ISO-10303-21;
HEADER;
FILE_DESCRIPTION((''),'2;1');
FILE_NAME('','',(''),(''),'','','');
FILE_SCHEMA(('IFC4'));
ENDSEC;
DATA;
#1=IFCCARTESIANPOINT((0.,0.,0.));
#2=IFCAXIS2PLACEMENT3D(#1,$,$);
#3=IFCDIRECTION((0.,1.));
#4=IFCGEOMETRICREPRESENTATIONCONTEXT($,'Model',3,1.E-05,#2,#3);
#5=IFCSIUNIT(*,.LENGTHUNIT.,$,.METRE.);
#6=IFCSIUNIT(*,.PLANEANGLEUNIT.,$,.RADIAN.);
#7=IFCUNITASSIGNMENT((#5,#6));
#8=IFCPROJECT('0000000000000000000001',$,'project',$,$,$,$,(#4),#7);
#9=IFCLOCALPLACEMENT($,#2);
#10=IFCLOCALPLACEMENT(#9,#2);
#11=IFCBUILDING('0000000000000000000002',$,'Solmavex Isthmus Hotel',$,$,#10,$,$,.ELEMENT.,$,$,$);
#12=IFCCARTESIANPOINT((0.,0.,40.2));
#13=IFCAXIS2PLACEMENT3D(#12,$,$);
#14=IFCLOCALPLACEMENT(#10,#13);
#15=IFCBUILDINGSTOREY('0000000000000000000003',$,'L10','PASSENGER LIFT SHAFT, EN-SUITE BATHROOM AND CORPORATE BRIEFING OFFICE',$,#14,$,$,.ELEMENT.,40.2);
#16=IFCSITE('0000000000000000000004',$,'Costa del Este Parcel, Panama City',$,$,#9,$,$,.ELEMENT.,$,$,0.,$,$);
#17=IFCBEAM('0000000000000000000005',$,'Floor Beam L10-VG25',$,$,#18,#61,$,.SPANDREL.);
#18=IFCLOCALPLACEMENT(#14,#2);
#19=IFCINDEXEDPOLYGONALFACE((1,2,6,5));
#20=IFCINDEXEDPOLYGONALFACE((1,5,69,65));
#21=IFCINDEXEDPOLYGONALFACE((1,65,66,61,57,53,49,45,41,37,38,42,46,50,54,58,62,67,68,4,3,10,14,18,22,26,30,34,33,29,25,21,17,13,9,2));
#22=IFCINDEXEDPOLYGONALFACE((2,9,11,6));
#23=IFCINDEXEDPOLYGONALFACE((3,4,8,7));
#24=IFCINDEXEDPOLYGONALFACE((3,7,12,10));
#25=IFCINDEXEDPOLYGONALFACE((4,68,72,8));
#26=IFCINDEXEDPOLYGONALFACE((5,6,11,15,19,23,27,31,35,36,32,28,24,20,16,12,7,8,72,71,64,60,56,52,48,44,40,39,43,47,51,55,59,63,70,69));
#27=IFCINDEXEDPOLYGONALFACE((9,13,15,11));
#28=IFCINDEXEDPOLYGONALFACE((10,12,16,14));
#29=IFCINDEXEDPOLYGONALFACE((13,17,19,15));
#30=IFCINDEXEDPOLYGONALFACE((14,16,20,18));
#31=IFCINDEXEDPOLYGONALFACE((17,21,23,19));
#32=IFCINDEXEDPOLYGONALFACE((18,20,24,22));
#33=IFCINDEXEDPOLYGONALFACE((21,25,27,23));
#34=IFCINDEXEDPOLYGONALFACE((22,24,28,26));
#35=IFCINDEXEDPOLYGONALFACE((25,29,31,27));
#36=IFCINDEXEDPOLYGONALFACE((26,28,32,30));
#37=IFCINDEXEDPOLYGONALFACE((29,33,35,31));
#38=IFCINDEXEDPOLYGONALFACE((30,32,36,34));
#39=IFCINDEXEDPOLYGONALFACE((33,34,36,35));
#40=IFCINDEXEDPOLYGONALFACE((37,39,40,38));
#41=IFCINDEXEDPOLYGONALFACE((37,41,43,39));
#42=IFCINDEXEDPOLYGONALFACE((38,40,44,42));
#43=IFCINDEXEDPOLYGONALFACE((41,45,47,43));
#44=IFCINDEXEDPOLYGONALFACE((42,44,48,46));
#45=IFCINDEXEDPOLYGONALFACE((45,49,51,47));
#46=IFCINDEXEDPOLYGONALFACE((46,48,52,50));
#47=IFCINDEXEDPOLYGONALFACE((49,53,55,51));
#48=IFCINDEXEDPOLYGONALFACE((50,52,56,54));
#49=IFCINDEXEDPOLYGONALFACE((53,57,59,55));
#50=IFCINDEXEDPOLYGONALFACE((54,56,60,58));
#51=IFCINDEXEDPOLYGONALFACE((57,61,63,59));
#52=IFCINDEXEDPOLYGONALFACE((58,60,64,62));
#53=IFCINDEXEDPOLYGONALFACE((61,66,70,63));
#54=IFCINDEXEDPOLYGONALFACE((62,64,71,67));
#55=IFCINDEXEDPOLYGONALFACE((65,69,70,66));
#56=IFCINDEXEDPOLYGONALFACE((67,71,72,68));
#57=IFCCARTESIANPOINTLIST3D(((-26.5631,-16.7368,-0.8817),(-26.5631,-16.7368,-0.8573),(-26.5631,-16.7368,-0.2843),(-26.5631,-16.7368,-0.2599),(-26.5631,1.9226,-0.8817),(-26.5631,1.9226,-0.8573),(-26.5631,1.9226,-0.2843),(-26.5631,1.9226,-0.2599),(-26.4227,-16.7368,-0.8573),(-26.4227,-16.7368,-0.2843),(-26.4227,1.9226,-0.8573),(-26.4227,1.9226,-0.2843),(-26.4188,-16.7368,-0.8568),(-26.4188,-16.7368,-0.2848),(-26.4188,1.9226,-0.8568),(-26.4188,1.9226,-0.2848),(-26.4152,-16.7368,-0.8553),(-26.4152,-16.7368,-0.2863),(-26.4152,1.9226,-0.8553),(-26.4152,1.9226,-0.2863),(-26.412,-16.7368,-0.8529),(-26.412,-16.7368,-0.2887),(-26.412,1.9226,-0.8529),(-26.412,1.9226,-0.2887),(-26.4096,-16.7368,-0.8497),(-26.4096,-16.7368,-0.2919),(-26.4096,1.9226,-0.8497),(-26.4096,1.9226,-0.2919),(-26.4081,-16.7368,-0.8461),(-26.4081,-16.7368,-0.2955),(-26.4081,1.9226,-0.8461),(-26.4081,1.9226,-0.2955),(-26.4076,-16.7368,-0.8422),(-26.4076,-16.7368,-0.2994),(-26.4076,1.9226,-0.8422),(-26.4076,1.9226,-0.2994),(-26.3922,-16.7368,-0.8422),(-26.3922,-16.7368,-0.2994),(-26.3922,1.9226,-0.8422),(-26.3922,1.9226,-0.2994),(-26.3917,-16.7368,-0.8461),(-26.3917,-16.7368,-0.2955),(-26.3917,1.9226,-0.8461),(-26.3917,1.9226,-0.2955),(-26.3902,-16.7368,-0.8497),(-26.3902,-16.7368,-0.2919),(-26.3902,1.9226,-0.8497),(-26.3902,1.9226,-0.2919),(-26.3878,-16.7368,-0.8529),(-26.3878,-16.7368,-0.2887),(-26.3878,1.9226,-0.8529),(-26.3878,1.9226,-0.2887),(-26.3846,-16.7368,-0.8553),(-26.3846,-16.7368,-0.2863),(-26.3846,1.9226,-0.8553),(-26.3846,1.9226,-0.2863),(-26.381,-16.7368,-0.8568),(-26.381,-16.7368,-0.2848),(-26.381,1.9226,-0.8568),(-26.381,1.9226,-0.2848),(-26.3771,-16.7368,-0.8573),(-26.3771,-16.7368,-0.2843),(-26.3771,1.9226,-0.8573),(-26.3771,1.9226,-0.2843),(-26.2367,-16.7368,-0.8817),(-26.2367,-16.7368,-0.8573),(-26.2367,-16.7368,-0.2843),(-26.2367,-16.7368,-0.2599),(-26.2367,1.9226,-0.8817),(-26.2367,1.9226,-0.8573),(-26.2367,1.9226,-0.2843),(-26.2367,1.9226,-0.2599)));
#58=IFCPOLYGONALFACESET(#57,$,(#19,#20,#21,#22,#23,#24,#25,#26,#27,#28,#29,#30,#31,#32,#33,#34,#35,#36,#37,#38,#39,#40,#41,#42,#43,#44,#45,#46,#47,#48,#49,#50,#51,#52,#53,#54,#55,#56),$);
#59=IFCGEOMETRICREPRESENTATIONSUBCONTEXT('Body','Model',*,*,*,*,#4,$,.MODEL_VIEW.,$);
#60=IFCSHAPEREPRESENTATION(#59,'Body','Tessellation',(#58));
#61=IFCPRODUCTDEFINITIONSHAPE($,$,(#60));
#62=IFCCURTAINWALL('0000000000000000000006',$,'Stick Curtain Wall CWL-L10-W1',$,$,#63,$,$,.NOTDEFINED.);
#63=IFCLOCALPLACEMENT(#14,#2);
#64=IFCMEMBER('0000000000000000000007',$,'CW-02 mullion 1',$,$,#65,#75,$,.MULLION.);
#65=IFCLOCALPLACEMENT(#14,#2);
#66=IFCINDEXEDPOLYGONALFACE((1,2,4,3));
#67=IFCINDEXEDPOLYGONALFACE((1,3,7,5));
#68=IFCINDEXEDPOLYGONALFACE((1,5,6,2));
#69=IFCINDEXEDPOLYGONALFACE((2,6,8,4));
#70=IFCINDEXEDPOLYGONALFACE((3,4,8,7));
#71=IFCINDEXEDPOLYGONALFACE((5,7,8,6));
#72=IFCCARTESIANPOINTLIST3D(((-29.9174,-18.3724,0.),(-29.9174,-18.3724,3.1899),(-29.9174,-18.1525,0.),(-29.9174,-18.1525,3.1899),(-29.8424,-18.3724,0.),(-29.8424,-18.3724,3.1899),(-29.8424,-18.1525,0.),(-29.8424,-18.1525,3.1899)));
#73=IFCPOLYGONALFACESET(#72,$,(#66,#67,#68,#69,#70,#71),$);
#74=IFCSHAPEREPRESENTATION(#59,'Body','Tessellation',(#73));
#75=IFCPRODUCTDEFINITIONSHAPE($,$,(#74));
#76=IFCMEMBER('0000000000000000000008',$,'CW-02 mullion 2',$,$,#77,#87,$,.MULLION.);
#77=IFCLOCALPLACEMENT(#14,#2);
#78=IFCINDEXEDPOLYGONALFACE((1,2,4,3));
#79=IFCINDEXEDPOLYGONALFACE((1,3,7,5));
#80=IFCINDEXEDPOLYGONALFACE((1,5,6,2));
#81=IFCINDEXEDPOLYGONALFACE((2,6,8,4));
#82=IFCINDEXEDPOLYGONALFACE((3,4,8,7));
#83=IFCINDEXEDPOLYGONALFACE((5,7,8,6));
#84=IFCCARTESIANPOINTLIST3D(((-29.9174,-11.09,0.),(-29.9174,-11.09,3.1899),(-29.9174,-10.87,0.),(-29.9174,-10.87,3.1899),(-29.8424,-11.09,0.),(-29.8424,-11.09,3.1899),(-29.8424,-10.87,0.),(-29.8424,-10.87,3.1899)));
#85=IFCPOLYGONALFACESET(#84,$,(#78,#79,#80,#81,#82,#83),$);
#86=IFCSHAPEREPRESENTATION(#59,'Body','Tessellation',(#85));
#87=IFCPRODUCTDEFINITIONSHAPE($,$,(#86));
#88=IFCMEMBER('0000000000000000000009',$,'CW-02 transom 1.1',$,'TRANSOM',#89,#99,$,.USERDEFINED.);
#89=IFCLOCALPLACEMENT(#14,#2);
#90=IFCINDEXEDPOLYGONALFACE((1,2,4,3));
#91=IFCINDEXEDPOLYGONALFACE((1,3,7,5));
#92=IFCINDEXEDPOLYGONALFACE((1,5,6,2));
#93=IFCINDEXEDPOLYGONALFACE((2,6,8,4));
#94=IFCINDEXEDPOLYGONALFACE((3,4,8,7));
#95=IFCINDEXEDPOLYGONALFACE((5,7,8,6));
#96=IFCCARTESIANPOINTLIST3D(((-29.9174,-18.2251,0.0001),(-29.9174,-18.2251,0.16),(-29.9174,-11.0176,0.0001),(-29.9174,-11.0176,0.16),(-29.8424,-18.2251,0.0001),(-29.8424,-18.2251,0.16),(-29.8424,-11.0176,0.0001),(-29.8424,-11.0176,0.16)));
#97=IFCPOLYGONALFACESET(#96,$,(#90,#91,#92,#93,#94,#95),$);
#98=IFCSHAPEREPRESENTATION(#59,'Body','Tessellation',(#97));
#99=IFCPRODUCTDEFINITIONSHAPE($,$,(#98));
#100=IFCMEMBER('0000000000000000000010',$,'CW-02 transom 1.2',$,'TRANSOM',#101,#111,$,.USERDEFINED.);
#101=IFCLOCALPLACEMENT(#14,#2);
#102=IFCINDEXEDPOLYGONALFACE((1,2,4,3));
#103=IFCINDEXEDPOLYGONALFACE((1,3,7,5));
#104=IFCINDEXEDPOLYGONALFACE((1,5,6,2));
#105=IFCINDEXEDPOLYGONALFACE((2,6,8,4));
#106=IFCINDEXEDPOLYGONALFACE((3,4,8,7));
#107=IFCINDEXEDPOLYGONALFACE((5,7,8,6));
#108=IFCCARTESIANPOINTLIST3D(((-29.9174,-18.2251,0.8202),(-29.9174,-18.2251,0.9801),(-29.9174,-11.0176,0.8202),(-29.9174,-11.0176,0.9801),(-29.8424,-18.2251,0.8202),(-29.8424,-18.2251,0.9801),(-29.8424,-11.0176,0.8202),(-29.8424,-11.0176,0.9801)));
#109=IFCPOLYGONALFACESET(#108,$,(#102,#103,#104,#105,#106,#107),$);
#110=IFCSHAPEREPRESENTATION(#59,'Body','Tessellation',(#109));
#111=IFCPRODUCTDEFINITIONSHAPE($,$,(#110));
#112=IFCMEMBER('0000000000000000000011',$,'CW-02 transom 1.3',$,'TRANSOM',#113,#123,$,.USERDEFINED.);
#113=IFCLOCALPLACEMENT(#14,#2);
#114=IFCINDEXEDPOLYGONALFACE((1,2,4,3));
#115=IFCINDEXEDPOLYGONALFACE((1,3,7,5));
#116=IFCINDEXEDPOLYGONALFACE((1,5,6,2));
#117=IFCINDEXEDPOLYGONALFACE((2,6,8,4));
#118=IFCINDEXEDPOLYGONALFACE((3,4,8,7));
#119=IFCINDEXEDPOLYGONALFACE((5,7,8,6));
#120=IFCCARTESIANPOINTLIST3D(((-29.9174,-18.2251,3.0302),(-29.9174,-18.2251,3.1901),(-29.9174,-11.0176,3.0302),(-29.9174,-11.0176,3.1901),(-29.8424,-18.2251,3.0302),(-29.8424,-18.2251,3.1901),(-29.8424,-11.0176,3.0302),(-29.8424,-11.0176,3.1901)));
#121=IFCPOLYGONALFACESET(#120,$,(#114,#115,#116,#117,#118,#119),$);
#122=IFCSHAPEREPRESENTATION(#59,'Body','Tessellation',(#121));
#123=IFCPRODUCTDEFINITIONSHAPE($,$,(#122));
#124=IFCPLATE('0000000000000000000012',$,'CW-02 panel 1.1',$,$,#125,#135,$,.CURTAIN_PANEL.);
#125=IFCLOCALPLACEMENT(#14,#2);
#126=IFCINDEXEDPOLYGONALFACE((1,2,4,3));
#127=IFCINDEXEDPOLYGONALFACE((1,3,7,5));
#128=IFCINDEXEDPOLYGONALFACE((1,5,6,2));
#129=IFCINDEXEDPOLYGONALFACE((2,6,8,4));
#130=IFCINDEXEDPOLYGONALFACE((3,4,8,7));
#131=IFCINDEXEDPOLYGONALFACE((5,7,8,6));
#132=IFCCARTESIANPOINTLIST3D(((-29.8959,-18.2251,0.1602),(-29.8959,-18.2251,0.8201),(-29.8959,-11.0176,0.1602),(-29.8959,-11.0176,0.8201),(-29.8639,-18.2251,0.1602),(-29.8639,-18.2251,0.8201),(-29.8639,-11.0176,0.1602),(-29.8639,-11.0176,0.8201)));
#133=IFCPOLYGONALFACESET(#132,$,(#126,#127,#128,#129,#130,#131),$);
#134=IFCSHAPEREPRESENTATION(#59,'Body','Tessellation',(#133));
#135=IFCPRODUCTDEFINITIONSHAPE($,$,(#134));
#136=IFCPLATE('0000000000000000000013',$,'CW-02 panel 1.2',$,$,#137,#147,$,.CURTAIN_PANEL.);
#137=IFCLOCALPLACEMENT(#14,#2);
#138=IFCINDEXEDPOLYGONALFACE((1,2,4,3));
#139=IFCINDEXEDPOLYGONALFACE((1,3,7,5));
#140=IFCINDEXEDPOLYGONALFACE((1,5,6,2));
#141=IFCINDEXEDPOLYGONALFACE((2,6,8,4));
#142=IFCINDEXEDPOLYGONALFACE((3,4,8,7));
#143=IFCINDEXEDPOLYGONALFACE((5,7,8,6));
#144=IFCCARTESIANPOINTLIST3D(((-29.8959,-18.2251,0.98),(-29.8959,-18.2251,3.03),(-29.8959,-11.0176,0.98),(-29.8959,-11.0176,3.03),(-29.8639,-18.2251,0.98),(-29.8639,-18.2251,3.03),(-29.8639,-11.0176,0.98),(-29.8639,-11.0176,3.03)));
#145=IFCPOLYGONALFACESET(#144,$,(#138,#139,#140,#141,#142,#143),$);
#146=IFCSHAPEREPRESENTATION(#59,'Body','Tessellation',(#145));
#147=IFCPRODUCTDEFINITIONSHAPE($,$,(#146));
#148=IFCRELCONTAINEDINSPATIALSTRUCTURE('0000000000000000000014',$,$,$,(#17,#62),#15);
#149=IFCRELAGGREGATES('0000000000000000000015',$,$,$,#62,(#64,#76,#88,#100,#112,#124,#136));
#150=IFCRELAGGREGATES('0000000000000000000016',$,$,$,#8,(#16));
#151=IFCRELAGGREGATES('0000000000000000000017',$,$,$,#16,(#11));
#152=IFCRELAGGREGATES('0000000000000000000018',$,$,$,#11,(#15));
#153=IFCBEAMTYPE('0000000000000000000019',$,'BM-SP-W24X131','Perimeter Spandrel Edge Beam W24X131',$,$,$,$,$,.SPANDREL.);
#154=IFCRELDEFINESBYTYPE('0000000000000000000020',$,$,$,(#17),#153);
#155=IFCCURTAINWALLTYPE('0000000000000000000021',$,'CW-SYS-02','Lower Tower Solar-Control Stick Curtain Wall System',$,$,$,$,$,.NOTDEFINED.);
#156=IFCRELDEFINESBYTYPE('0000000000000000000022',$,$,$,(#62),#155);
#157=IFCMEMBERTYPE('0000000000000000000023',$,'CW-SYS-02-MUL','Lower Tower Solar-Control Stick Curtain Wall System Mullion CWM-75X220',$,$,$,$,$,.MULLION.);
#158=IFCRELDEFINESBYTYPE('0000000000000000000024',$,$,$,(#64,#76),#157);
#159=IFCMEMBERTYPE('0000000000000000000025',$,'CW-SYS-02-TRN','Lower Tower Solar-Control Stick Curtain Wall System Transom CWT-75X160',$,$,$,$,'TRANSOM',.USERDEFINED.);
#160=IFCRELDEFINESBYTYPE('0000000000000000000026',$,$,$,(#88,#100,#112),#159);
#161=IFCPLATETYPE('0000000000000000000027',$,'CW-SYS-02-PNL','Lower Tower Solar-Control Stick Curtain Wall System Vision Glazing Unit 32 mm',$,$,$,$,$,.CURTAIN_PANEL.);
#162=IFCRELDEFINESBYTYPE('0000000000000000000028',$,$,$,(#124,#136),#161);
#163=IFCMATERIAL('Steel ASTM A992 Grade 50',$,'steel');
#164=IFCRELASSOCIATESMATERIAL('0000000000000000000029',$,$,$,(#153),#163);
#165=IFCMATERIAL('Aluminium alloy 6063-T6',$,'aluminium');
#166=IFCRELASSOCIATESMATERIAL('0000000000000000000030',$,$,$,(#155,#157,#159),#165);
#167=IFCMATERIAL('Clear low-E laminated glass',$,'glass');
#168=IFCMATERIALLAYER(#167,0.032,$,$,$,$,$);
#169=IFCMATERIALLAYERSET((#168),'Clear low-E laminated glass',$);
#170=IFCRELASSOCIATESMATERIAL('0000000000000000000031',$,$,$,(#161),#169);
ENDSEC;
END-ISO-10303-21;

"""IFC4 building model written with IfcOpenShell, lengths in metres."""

from ifc_helpers import new_model, si_unit, direction, frame, origin, origin_2d, place, context, subcontext, project, spatial, rectangle, i_section, extrude, material, layer, layer_set, material_profile, profile_set, type_object, element, aggregate, save


model = new_model("IFC4")

# Units and contexts
model_context = context("Model", 3, precision=1e-05, world=origin(), true_north=direction((0.0, 1.0)))
body_context = subcontext(model_context, "Body", "Model", "MODEL_VIEW")
ifc_project = project(units=[si_unit("LENGTHUNIT", "METRE"), si_unit("PLANEANGLEUNIT", "RADIAN")], contexts=[model_context])

# Site, building, storey
site_placement = place(None, origin())
site = spatial("IfcSite", under=ifc_project, at=site_placement, Name="Costa del Este Parcel, Panama City", CompositionType="ELEMENT", RefElevation=0.0)
building_placement = place(site_placement, origin())
building = spatial("IfcBuilding", under=site, at=building_placement, Name="Solmavex Isthmus Hotel", CompositionType="ELEMENT")
storey_placement = place(building_placement, frame((0.0, 0.0, 40.2)))
storey = spatial("IfcBuildingStorey", under=building, at=storey_placement, Name="L10", Description="PASSENGER LIFT SHAFT, EN-SUITE BATHROOM AND CORPORATE BRIEFING OFFICE", CompositionType="ELEMENT", Elevation=40.2)

# Beam
ifc_material_1 = material(Name="Steel ASTM A992 Grade 50", Category="steel")
ifc_material_profile_1 = material_profile(ifc_material_1, i_section(OverallWidth=0.3264, OverallDepth=0.6218, WebThickness=0.0154, FlangeThickness=0.0244, FilletRadius=0.0151, at=origin_2d()), Name="W24X131")
ifc_profile_set_1 = profile_set([ifc_material_profile_1], Name="Steel ASTM A992 Grade 50")
beam_type_1 = type_object("IfcBeamType", Name="BM-SP-W24X131", Description="Perimeter Spandrel Edge Beam W24X131", PredefinedType="SPANDREL", material=ifc_profile_set_1)
beam_1_placement = place(storey_placement, frame((-26.3999, -16.7368, -0.5708), z_axis=(0.0, 1.0, 0.0), x_axis=(-1.0, 0.0, 0.0)))
element("IfcBeam", 1, at=beam_1_placement, inside=storey, type_object=beam_type_1, Name="Floor Beam L10-VG25", PredefinedType="SPANDREL", context=body_context, shape_type="SweptSolid", body=[
    extrude(i_section(OverallWidth=0.3264, OverallDepth=0.6218, WebThickness=0.0154, FlangeThickness=0.0244, FilletRadius=0.0151, at=origin_2d()), origin(), (0.0, 0.0, 1.0), 18.6594),
])

# Curtain wall, members, plates
ifc_material_2 = material(Name="Aluminium alloy 6063-T6", Category="aluminium")
curtain_wall_type = type_object("IfcCurtainWallType", Name="CW-SYS-02", Description="Lower Tower Solar-Control Stick Curtain Wall System", PredefinedType="NOTDEFINED", material=ifc_material_2)
curtain_wall_placement = place(storey_placement, origin())
curtain_wall = element("IfcCurtainWall", 2, at=curtain_wall_placement, inside=storey, type_object=curtain_wall_type, Name="Stick Curtain Wall CWL-L10-W1", PredefinedType="NOTDEFINED")
ifc_material_profile_2 = material_profile(ifc_material_2, rectangle(XDim=0.075, YDim=0.22, at=origin_2d()), Name="CWM-75X220")
ifc_profile_set_2 = profile_set([ifc_material_profile_2], Name="Aluminium alloy 6063-T6")
member_type_1 = type_object("IfcMemberType", Name="CW-SYS-02-MUL", Description="Lower Tower Solar-Control Stick Curtain Wall System Mullion CWM-75X220", PredefinedType="MULLION", material=ifc_profile_set_2)
member_1_placement = place(storey_placement, frame((-29.8799, -18.2625, 0.0), z_axis=(0.0, 0.0, 1.0), x_axis=(-1.0, 0.0, 0.0)))
member_1 = element("IfcMember", 3, at=member_1_placement, type_object=member_type_1, Name="CW-02 mullion 1", PredefinedType="MULLION", context=body_context, shape_type="SweptSolid", body=[
    extrude(rectangle(XDim=0.075, YDim=0.22, at=origin_2d()), origin(), (0.0, 0.0, 1.0), 3.1899),
])
member_2_placement = place(storey_placement, frame((-29.8799, -10.98, 0.0), z_axis=(0.0, 0.0, 1.0), x_axis=(-1.0, 0.0, 0.0)))
member_2 = element("IfcMember", 4, at=member_2_placement, type_object=member_type_1, Name="CW-02 mullion 2", PredefinedType="MULLION", context=body_context, shape_type="SweptSolid", body=[
    extrude(rectangle(XDim=0.075, YDim=0.22, at=origin_2d()), origin(), (0.0, 0.0, 1.0), 3.1899),
])
ifc_material_profile_3 = material_profile(ifc_material_2, rectangle(XDim=0.075, YDim=0.1599, at=origin_2d()), Name="CWT-75X160")
ifc_profile_set_3 = profile_set([ifc_material_profile_3], Name="Aluminium alloy 6063-T6")
member_type_2 = type_object("IfcMemberType", Name="CW-SYS-02-TRN", Description="Lower Tower Solar-Control Stick Curtain Wall System Transom CWT-75X160", ElementType="TRANSOM", PredefinedType="USERDEFINED", material=ifc_profile_set_3)
member_3_placement = place(storey_placement, frame((-29.8799, -18.2251, 0.0801), z_axis=(0.0, 1.0, 0.0), x_axis=(-1.0, 0.0, 0.0)))
member_3 = element("IfcMember", 5, at=member_3_placement, type_object=member_type_2, Name="CW-02 transom 1.1", ObjectType="TRANSOM", PredefinedType="USERDEFINED", context=body_context, shape_type="SweptSolid", body=[
    extrude(rectangle(XDim=0.075, YDim=0.1599, at=origin_2d()), origin(), (0.0, 0.0, 1.0), 7.2075),
])
member_4_placement = place(storey_placement, frame((-29.8799, -18.2251, 0.9001), z_axis=(0.0, 1.0, 0.0), x_axis=(-1.0, 0.0, 0.0)))
member_4 = element("IfcMember", 6, at=member_4_placement, type_object=member_type_2, Name="CW-02 transom 1.2", ObjectType="TRANSOM", PredefinedType="USERDEFINED", context=body_context, shape_type="SweptSolid", body=[
    extrude(rectangle(XDim=0.075, YDim=0.1599, at=origin_2d()), origin(), (0.0, 0.0, 1.0), 7.2075),
])
member_5_placement = place(storey_placement, frame((-29.8799, -18.2251, 3.1101), z_axis=(0.0, 1.0, 0.0), x_axis=(-1.0, 0.0, 0.0)))
member_5 = element("IfcMember", 7, at=member_5_placement, type_object=member_type_2, Name="CW-02 transom 1.3", ObjectType="TRANSOM", PredefinedType="USERDEFINED", context=body_context, shape_type="SweptSolid", body=[
    extrude(rectangle(XDim=0.075, YDim=0.1599, at=origin_2d()), origin(), (0.0, 0.0, 1.0), 7.2075),
])
ifc_material_3 = material(Name="Clear low-E laminated glass", Category="glass")
ifc_layer_1 = layer(ifc_material_3, 0.032)
ifc_layer_set_1 = layer_set([ifc_layer_1], Name="Clear low-E laminated glass")
plate_type = type_object("IfcPlateType", Name="CW-SYS-02-PNL", Description="Lower Tower Solar-Control Stick Curtain Wall System Vision Glazing Unit 32 mm", PredefinedType="CURTAIN_PANEL", material=ifc_layer_set_1)
plate_1_placement = place(storey_placement, frame((-29.8799, -14.6213, 0.1602), z_axis=(0.0, 0.0, 1.0), x_axis=(0.0, 1.0, 0.0)))
plate_1 = element("IfcPlate", 8, at=plate_1_placement, type_object=plate_type, Name="CW-02 panel 1.1", PredefinedType="CURTAIN_PANEL", context=body_context, shape_type="SweptSolid", body=[
    extrude(rectangle(XDim=7.2075, YDim=0.032, at=origin_2d()), origin(), (0.0, 0.0, 1.0), 0.6599),
])
plate_2_placement = place(storey_placement, frame((-29.8799, -14.6213, 0.98), z_axis=(0.0, 0.0, 1.0), x_axis=(0.0, 1.0, 0.0)))
plate_2 = element("IfcPlate", 9, at=plate_2_placement, type_object=plate_type, Name="CW-02 panel 1.2", PredefinedType="CURTAIN_PANEL", context=body_context, shape_type="SweptSolid", body=[
    extrude(rectangle(XDim=7.2075, YDim=0.032, at=origin_2d()), origin(), (0.0, 0.0, 1.0), 2.05),
])
aggregate(curtain_wall, [member_1, member_2, member_3, member_4, member_5, plate_1, plate_2])

save(model, "model.ifc")
